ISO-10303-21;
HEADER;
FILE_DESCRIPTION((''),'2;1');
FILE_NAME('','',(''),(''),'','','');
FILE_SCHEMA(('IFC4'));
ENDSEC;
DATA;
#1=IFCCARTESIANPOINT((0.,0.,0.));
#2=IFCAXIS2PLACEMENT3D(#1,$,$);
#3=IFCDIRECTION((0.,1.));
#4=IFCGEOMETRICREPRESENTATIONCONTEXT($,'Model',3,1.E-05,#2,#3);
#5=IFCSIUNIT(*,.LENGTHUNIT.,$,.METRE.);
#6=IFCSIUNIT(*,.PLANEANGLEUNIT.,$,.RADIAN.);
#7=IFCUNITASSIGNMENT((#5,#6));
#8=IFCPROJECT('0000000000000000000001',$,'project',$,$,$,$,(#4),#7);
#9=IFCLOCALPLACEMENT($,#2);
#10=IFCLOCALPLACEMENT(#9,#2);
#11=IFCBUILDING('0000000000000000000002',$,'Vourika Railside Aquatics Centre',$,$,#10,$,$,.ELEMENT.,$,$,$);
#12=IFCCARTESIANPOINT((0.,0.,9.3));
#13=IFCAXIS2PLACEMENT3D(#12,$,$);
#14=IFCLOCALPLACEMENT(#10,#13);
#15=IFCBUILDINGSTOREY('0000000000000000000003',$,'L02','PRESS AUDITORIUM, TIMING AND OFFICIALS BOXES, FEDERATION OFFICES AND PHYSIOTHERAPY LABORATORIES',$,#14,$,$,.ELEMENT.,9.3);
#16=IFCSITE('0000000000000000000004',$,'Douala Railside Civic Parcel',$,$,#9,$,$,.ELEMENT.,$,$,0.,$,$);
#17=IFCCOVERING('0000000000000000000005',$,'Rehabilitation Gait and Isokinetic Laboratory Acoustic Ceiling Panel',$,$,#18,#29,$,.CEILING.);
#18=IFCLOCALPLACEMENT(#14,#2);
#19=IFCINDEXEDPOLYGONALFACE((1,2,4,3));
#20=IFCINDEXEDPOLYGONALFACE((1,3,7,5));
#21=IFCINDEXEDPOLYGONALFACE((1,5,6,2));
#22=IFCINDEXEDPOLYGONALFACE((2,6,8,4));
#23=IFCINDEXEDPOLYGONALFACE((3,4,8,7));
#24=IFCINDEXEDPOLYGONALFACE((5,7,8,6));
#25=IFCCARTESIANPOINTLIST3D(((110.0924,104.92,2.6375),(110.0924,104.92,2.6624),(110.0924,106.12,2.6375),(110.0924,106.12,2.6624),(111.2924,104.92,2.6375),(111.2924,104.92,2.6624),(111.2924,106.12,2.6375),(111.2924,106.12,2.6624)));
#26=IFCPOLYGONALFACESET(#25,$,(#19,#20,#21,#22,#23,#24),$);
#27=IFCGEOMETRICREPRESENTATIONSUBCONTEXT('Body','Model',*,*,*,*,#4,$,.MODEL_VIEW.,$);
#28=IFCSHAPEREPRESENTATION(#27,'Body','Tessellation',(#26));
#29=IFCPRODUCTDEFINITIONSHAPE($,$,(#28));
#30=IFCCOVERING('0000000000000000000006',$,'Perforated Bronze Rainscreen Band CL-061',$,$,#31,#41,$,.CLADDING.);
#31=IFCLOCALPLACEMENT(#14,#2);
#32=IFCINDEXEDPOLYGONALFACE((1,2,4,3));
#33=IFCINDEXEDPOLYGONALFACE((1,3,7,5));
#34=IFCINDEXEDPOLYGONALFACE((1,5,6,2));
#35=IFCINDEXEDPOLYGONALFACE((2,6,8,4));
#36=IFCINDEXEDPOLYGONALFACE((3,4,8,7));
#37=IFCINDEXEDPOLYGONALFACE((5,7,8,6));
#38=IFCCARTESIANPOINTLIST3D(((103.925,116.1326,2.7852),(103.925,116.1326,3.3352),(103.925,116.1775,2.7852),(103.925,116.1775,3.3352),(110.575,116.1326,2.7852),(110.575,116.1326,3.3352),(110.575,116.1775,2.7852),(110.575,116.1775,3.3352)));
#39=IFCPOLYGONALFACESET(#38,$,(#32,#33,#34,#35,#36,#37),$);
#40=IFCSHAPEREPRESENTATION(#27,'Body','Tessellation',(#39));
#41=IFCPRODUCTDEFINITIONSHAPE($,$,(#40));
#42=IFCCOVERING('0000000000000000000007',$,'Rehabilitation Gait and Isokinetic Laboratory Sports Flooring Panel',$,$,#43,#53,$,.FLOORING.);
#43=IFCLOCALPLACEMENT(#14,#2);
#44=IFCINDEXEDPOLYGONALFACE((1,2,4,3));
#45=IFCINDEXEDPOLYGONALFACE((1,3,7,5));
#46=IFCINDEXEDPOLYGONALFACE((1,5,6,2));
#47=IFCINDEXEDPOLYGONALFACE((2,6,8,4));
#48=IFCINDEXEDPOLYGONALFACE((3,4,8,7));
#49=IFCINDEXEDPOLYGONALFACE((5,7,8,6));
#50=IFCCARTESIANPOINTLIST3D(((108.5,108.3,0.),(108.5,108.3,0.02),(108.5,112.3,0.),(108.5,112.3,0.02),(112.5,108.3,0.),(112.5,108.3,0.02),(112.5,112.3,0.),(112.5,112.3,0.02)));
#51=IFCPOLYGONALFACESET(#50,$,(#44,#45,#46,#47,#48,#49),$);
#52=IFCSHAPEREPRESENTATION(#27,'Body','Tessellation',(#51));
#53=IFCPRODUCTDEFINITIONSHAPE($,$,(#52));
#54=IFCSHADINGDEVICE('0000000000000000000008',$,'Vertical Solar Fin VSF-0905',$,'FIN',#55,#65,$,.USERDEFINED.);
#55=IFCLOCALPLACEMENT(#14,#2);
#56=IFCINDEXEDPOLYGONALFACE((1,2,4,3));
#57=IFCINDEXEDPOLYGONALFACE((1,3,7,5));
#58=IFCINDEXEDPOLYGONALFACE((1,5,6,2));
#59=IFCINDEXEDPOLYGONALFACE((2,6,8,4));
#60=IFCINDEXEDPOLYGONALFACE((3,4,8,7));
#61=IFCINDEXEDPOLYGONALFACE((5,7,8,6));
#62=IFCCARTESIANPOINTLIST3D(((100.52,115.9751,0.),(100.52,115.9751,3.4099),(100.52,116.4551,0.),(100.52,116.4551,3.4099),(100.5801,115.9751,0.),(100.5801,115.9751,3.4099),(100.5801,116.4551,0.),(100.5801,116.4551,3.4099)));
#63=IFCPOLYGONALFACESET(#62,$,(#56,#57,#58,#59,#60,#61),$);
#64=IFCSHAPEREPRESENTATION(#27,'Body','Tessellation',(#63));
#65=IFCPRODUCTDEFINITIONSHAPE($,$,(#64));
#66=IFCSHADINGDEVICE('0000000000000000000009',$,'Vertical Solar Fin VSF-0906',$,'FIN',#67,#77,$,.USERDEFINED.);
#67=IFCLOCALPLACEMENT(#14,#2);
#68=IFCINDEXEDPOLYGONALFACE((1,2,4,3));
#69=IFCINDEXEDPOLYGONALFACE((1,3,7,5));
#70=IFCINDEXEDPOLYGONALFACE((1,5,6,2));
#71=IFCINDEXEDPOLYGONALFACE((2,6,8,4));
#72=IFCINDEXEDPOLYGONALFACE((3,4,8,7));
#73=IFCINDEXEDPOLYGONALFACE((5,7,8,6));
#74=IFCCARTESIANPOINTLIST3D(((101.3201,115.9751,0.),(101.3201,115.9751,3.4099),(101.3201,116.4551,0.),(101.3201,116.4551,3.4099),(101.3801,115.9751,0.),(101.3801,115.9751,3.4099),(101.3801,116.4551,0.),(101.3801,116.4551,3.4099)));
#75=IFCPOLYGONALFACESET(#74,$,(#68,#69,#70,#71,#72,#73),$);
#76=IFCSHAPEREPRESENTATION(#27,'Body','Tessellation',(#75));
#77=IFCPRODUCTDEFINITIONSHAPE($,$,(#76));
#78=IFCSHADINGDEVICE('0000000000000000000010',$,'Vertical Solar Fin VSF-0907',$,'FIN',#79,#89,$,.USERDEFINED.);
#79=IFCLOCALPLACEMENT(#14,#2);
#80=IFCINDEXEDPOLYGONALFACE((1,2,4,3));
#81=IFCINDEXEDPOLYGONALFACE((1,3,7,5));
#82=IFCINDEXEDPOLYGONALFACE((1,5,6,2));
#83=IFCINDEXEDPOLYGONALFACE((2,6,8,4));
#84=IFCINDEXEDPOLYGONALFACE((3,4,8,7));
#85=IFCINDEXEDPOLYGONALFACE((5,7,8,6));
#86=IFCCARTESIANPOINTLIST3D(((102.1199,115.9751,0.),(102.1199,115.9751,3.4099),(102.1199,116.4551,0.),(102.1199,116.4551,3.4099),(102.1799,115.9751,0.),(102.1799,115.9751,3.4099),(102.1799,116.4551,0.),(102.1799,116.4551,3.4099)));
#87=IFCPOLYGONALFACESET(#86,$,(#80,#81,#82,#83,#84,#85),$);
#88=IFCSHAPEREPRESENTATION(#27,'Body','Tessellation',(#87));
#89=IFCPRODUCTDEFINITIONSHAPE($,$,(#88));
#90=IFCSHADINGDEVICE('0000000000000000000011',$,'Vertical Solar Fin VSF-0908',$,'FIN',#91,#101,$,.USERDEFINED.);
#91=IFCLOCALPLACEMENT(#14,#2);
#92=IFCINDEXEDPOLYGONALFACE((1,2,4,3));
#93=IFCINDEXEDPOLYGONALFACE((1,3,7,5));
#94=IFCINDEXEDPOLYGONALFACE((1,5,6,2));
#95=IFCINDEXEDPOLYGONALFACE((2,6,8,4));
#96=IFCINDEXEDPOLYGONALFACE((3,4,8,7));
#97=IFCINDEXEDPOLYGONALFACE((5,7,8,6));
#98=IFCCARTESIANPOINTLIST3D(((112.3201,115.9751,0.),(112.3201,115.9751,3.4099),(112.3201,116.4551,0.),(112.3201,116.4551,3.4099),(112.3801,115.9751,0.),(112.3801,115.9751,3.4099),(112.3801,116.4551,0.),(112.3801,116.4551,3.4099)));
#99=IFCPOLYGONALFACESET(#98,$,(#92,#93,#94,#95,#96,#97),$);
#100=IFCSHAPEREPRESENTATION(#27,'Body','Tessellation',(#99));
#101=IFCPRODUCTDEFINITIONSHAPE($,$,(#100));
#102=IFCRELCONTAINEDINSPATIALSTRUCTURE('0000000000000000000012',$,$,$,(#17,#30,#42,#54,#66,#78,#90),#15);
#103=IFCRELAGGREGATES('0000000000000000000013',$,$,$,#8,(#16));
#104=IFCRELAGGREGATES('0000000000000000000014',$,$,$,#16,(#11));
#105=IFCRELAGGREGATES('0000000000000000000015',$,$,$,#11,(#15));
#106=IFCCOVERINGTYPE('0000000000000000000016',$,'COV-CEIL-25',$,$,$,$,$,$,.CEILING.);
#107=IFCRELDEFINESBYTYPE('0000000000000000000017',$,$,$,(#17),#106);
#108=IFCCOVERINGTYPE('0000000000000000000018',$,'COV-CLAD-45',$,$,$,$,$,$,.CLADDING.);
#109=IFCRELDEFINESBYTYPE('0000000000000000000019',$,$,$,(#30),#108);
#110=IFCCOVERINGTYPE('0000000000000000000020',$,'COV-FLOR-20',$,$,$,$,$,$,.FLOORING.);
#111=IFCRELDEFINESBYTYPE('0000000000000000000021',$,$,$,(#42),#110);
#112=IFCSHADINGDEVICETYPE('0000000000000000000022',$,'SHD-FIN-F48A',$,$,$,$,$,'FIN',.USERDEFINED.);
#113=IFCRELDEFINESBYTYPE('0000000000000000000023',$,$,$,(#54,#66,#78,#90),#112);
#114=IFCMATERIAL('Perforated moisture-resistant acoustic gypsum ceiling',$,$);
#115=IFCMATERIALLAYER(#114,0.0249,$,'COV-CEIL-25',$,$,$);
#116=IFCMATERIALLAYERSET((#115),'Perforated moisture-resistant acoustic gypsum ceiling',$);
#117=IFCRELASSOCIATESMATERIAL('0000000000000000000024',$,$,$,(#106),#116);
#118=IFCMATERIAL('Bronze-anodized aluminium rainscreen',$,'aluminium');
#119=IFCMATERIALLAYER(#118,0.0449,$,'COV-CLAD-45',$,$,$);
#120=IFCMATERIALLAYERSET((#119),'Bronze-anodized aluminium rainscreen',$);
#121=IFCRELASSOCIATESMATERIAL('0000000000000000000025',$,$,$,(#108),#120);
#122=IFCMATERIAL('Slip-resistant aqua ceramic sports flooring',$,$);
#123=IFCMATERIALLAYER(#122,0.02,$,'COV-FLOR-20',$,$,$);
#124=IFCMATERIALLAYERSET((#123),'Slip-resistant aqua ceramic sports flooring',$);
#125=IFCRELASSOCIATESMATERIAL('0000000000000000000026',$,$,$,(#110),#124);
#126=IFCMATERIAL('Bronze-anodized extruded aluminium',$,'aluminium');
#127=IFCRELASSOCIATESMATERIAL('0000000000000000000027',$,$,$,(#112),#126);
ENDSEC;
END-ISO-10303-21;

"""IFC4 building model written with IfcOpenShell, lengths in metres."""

from ifc_helpers import new_model, si_unit, direction, frame, origin, origin_2d, place, context, subcontext, project, spatial, rectangle, extrude, material, layer, layer_set, material_profile, profile_set, type_object, element, save


model = new_model("IFC4")

# Units and contexts
model_context = context("Model", 3, precision=1e-05, world=origin(), true_north=direction((0.0, 1.0)))
body_context = subcontext(model_context, "Body", "Model", "MODEL_VIEW")
ifc_project = project(units=[si_unit("LENGTHUNIT", "METRE"), si_unit("PLANEANGLEUNIT", "RADIAN")], contexts=[model_context])

# Site, building, storey
site_placement = place(None, origin())
site = spatial("IfcSite", under=ifc_project, at=site_placement, Name="Douala Railside Civic Parcel", CompositionType="ELEMENT", RefElevation=0.0)
building_placement = place(site_placement, origin())
building = spatial("IfcBuilding", under=site, at=building_placement, Name="Vourika Railside Aquatics Centre", CompositionType="ELEMENT")
storey_placement = place(building_placement, frame((0.0, 0.0, 9.3)))
storey = spatial("IfcBuildingStorey", under=building, at=storey_placement, Name="L02", Description="PRESS AUDITORIUM, TIMING AND OFFICIALS BOXES, FEDERATION OFFICES AND PHYSIOTHERAPY LABORATORIES", CompositionType="ELEMENT", Elevation=9.3)

# Coverings
ifc_material_1 = material(Name="Perforated moisture-resistant acoustic gypsum ceiling")
ifc_layer_1 = layer(ifc_material_1, 0.0249, Name="COV-CEIL-25")
ifc_layer_set_1 = layer_set([ifc_layer_1], Name="Perforated moisture-resistant acoustic gypsum ceiling")
covering_type_1 = type_object("IfcCoveringType", Name="COV-CEIL-25", PredefinedType="CEILING", material=ifc_layer_set_1)
covering_1_placement = place(storey_placement, frame((110.6924, 105.52, 2.6375), z_axis=(0.0, 0.0, 1.0), x_axis=(1.0, 0.0, 0.0)))
element("IfcCovering", 1, at=covering_1_placement, inside=storey, type_object=covering_type_1, Name="Rehabilitation Gait and Isokinetic Laboratory Acoustic Ceiling Panel", PredefinedType="CEILING", context=body_context, shape_type="SweptSolid", body=[
    extrude(rectangle(XDim=1.2, YDim=1.2, at=origin_2d()), origin(), (0.0, 0.0, 1.0), 0.0249),
])
ifc_material_2 = material(Name="Bronze-anodized aluminium rainscreen", Category="aluminium")
ifc_layer_2 = layer(ifc_material_2, 0.0449, Name="COV-CLAD-45")
ifc_layer_set_2 = layer_set([ifc_layer_2], Name="Bronze-anodized aluminium rainscreen")
covering_type_2 = type_object("IfcCoveringType", Name="COV-CLAD-45", PredefinedType="CLADDING", material=ifc_layer_set_2)
covering_2_placement = place(storey_placement, frame((107.25, 116.155, 2.7852), z_axis=(0.0, 0.0, 1.0), x_axis=(-1.0, 0.0, 0.0)))
element("IfcCovering", 2, at=covering_2_placement, inside=storey, type_object=covering_type_2, Name="Perforated Bronze Rainscreen Band CL-061", PredefinedType="CLADDING", context=body_context, shape_type="SweptSolid", body=[
    extrude(rectangle(XDim=6.6499, YDim=0.0449, at=origin_2d()), origin(), (0.0, 0.0, 1.0), 0.55),
])
ifc_material_3 = material(Name="Slip-resistant aqua ceramic sports flooring")
ifc_layer_3 = layer(ifc_material_3, 0.02, Name="COV-FLOR-20")
ifc_layer_set_3 = layer_set([ifc_layer_3], Name="Slip-resistant aqua ceramic sports flooring")
covering_type_3 = type_object("IfcCoveringType", Name="COV-FLOR-20", PredefinedType="FLOORING", material=ifc_layer_set_3)
covering_3_placement = place(storey_placement, frame((110.5, 110.3, 0.0), z_axis=(0.0, 0.0, 1.0), x_axis=(1.0, 0.0, 0.0)))
element("IfcCovering", 3, at=covering_3_placement, inside=storey, type_object=covering_type_3, Name="Rehabilitation Gait and Isokinetic Laboratory Sports Flooring Panel", PredefinedType="FLOORING", context=body_context, shape_type="SweptSolid", body=[
    extrude(rectangle(XDim=4.0, YDim=4.0, at=origin_2d()), origin(), (0.0, 0.0, 1.0), 0.02),
])

# Shading devices
ifc_material_4 = material(Name="Bronze-anodized extruded aluminium", Category="aluminium")
ifc_material_profile_1 = material_profile(ifc_material_4, rectangle(XDim=0.0601, YDim=0.48, at=origin_2d()), Name="ALU-FIN 60x480")
ifc_profile_set_1 = profile_set([ifc_material_profile_1], Name="Bronze-anodized extruded aluminium")
shading_device_type = type_object("IfcShadingDeviceType", Name="SHD-FIN-F48A", ElementType="FIN", PredefinedType="USERDEFINED", material=ifc_profile_set_1)
for number, where, z_axis, x_axis, name in (
    (4, (100.55, 116.2151, 0.0), (0.0, 0.0, 1.0), (1.0, 0.0, 0.0), "Vertical Solar Fin VSF-0905"),
    (5, (101.3501, 116.2151, 0.0), (0.0, 0.0, 1.0), (1.0, 0.0, 0.0), "Vertical Solar Fin VSF-0906"),
    (6, (102.1499, 116.2151, 0.0), (0.0, 0.0, 1.0), (1.0, 0.0, 0.0), "Vertical Solar Fin VSF-0907"),
    (7, (112.3501, 116.2151, 0.0), (0.0, 0.0, 1.0), (1.0, 0.0, 0.0), "Vertical Solar Fin VSF-0908"),
):
    element("IfcShadingDevice", number, at=place(storey_placement, frame(where, z_axis=z_axis, x_axis=x_axis)), inside=storey, type_object=shading_device_type, Name=name, ObjectType="FIN", PredefinedType="USERDEFINED", context=body_context, shape_type="SweptSolid", body=[
        extrude(rectangle(XDim=0.0601, YDim=0.48, at=origin_2d()), origin(), (0.0, 0.0, 1.0), 3.4099),
    ])

save(model, "model.ifc")
